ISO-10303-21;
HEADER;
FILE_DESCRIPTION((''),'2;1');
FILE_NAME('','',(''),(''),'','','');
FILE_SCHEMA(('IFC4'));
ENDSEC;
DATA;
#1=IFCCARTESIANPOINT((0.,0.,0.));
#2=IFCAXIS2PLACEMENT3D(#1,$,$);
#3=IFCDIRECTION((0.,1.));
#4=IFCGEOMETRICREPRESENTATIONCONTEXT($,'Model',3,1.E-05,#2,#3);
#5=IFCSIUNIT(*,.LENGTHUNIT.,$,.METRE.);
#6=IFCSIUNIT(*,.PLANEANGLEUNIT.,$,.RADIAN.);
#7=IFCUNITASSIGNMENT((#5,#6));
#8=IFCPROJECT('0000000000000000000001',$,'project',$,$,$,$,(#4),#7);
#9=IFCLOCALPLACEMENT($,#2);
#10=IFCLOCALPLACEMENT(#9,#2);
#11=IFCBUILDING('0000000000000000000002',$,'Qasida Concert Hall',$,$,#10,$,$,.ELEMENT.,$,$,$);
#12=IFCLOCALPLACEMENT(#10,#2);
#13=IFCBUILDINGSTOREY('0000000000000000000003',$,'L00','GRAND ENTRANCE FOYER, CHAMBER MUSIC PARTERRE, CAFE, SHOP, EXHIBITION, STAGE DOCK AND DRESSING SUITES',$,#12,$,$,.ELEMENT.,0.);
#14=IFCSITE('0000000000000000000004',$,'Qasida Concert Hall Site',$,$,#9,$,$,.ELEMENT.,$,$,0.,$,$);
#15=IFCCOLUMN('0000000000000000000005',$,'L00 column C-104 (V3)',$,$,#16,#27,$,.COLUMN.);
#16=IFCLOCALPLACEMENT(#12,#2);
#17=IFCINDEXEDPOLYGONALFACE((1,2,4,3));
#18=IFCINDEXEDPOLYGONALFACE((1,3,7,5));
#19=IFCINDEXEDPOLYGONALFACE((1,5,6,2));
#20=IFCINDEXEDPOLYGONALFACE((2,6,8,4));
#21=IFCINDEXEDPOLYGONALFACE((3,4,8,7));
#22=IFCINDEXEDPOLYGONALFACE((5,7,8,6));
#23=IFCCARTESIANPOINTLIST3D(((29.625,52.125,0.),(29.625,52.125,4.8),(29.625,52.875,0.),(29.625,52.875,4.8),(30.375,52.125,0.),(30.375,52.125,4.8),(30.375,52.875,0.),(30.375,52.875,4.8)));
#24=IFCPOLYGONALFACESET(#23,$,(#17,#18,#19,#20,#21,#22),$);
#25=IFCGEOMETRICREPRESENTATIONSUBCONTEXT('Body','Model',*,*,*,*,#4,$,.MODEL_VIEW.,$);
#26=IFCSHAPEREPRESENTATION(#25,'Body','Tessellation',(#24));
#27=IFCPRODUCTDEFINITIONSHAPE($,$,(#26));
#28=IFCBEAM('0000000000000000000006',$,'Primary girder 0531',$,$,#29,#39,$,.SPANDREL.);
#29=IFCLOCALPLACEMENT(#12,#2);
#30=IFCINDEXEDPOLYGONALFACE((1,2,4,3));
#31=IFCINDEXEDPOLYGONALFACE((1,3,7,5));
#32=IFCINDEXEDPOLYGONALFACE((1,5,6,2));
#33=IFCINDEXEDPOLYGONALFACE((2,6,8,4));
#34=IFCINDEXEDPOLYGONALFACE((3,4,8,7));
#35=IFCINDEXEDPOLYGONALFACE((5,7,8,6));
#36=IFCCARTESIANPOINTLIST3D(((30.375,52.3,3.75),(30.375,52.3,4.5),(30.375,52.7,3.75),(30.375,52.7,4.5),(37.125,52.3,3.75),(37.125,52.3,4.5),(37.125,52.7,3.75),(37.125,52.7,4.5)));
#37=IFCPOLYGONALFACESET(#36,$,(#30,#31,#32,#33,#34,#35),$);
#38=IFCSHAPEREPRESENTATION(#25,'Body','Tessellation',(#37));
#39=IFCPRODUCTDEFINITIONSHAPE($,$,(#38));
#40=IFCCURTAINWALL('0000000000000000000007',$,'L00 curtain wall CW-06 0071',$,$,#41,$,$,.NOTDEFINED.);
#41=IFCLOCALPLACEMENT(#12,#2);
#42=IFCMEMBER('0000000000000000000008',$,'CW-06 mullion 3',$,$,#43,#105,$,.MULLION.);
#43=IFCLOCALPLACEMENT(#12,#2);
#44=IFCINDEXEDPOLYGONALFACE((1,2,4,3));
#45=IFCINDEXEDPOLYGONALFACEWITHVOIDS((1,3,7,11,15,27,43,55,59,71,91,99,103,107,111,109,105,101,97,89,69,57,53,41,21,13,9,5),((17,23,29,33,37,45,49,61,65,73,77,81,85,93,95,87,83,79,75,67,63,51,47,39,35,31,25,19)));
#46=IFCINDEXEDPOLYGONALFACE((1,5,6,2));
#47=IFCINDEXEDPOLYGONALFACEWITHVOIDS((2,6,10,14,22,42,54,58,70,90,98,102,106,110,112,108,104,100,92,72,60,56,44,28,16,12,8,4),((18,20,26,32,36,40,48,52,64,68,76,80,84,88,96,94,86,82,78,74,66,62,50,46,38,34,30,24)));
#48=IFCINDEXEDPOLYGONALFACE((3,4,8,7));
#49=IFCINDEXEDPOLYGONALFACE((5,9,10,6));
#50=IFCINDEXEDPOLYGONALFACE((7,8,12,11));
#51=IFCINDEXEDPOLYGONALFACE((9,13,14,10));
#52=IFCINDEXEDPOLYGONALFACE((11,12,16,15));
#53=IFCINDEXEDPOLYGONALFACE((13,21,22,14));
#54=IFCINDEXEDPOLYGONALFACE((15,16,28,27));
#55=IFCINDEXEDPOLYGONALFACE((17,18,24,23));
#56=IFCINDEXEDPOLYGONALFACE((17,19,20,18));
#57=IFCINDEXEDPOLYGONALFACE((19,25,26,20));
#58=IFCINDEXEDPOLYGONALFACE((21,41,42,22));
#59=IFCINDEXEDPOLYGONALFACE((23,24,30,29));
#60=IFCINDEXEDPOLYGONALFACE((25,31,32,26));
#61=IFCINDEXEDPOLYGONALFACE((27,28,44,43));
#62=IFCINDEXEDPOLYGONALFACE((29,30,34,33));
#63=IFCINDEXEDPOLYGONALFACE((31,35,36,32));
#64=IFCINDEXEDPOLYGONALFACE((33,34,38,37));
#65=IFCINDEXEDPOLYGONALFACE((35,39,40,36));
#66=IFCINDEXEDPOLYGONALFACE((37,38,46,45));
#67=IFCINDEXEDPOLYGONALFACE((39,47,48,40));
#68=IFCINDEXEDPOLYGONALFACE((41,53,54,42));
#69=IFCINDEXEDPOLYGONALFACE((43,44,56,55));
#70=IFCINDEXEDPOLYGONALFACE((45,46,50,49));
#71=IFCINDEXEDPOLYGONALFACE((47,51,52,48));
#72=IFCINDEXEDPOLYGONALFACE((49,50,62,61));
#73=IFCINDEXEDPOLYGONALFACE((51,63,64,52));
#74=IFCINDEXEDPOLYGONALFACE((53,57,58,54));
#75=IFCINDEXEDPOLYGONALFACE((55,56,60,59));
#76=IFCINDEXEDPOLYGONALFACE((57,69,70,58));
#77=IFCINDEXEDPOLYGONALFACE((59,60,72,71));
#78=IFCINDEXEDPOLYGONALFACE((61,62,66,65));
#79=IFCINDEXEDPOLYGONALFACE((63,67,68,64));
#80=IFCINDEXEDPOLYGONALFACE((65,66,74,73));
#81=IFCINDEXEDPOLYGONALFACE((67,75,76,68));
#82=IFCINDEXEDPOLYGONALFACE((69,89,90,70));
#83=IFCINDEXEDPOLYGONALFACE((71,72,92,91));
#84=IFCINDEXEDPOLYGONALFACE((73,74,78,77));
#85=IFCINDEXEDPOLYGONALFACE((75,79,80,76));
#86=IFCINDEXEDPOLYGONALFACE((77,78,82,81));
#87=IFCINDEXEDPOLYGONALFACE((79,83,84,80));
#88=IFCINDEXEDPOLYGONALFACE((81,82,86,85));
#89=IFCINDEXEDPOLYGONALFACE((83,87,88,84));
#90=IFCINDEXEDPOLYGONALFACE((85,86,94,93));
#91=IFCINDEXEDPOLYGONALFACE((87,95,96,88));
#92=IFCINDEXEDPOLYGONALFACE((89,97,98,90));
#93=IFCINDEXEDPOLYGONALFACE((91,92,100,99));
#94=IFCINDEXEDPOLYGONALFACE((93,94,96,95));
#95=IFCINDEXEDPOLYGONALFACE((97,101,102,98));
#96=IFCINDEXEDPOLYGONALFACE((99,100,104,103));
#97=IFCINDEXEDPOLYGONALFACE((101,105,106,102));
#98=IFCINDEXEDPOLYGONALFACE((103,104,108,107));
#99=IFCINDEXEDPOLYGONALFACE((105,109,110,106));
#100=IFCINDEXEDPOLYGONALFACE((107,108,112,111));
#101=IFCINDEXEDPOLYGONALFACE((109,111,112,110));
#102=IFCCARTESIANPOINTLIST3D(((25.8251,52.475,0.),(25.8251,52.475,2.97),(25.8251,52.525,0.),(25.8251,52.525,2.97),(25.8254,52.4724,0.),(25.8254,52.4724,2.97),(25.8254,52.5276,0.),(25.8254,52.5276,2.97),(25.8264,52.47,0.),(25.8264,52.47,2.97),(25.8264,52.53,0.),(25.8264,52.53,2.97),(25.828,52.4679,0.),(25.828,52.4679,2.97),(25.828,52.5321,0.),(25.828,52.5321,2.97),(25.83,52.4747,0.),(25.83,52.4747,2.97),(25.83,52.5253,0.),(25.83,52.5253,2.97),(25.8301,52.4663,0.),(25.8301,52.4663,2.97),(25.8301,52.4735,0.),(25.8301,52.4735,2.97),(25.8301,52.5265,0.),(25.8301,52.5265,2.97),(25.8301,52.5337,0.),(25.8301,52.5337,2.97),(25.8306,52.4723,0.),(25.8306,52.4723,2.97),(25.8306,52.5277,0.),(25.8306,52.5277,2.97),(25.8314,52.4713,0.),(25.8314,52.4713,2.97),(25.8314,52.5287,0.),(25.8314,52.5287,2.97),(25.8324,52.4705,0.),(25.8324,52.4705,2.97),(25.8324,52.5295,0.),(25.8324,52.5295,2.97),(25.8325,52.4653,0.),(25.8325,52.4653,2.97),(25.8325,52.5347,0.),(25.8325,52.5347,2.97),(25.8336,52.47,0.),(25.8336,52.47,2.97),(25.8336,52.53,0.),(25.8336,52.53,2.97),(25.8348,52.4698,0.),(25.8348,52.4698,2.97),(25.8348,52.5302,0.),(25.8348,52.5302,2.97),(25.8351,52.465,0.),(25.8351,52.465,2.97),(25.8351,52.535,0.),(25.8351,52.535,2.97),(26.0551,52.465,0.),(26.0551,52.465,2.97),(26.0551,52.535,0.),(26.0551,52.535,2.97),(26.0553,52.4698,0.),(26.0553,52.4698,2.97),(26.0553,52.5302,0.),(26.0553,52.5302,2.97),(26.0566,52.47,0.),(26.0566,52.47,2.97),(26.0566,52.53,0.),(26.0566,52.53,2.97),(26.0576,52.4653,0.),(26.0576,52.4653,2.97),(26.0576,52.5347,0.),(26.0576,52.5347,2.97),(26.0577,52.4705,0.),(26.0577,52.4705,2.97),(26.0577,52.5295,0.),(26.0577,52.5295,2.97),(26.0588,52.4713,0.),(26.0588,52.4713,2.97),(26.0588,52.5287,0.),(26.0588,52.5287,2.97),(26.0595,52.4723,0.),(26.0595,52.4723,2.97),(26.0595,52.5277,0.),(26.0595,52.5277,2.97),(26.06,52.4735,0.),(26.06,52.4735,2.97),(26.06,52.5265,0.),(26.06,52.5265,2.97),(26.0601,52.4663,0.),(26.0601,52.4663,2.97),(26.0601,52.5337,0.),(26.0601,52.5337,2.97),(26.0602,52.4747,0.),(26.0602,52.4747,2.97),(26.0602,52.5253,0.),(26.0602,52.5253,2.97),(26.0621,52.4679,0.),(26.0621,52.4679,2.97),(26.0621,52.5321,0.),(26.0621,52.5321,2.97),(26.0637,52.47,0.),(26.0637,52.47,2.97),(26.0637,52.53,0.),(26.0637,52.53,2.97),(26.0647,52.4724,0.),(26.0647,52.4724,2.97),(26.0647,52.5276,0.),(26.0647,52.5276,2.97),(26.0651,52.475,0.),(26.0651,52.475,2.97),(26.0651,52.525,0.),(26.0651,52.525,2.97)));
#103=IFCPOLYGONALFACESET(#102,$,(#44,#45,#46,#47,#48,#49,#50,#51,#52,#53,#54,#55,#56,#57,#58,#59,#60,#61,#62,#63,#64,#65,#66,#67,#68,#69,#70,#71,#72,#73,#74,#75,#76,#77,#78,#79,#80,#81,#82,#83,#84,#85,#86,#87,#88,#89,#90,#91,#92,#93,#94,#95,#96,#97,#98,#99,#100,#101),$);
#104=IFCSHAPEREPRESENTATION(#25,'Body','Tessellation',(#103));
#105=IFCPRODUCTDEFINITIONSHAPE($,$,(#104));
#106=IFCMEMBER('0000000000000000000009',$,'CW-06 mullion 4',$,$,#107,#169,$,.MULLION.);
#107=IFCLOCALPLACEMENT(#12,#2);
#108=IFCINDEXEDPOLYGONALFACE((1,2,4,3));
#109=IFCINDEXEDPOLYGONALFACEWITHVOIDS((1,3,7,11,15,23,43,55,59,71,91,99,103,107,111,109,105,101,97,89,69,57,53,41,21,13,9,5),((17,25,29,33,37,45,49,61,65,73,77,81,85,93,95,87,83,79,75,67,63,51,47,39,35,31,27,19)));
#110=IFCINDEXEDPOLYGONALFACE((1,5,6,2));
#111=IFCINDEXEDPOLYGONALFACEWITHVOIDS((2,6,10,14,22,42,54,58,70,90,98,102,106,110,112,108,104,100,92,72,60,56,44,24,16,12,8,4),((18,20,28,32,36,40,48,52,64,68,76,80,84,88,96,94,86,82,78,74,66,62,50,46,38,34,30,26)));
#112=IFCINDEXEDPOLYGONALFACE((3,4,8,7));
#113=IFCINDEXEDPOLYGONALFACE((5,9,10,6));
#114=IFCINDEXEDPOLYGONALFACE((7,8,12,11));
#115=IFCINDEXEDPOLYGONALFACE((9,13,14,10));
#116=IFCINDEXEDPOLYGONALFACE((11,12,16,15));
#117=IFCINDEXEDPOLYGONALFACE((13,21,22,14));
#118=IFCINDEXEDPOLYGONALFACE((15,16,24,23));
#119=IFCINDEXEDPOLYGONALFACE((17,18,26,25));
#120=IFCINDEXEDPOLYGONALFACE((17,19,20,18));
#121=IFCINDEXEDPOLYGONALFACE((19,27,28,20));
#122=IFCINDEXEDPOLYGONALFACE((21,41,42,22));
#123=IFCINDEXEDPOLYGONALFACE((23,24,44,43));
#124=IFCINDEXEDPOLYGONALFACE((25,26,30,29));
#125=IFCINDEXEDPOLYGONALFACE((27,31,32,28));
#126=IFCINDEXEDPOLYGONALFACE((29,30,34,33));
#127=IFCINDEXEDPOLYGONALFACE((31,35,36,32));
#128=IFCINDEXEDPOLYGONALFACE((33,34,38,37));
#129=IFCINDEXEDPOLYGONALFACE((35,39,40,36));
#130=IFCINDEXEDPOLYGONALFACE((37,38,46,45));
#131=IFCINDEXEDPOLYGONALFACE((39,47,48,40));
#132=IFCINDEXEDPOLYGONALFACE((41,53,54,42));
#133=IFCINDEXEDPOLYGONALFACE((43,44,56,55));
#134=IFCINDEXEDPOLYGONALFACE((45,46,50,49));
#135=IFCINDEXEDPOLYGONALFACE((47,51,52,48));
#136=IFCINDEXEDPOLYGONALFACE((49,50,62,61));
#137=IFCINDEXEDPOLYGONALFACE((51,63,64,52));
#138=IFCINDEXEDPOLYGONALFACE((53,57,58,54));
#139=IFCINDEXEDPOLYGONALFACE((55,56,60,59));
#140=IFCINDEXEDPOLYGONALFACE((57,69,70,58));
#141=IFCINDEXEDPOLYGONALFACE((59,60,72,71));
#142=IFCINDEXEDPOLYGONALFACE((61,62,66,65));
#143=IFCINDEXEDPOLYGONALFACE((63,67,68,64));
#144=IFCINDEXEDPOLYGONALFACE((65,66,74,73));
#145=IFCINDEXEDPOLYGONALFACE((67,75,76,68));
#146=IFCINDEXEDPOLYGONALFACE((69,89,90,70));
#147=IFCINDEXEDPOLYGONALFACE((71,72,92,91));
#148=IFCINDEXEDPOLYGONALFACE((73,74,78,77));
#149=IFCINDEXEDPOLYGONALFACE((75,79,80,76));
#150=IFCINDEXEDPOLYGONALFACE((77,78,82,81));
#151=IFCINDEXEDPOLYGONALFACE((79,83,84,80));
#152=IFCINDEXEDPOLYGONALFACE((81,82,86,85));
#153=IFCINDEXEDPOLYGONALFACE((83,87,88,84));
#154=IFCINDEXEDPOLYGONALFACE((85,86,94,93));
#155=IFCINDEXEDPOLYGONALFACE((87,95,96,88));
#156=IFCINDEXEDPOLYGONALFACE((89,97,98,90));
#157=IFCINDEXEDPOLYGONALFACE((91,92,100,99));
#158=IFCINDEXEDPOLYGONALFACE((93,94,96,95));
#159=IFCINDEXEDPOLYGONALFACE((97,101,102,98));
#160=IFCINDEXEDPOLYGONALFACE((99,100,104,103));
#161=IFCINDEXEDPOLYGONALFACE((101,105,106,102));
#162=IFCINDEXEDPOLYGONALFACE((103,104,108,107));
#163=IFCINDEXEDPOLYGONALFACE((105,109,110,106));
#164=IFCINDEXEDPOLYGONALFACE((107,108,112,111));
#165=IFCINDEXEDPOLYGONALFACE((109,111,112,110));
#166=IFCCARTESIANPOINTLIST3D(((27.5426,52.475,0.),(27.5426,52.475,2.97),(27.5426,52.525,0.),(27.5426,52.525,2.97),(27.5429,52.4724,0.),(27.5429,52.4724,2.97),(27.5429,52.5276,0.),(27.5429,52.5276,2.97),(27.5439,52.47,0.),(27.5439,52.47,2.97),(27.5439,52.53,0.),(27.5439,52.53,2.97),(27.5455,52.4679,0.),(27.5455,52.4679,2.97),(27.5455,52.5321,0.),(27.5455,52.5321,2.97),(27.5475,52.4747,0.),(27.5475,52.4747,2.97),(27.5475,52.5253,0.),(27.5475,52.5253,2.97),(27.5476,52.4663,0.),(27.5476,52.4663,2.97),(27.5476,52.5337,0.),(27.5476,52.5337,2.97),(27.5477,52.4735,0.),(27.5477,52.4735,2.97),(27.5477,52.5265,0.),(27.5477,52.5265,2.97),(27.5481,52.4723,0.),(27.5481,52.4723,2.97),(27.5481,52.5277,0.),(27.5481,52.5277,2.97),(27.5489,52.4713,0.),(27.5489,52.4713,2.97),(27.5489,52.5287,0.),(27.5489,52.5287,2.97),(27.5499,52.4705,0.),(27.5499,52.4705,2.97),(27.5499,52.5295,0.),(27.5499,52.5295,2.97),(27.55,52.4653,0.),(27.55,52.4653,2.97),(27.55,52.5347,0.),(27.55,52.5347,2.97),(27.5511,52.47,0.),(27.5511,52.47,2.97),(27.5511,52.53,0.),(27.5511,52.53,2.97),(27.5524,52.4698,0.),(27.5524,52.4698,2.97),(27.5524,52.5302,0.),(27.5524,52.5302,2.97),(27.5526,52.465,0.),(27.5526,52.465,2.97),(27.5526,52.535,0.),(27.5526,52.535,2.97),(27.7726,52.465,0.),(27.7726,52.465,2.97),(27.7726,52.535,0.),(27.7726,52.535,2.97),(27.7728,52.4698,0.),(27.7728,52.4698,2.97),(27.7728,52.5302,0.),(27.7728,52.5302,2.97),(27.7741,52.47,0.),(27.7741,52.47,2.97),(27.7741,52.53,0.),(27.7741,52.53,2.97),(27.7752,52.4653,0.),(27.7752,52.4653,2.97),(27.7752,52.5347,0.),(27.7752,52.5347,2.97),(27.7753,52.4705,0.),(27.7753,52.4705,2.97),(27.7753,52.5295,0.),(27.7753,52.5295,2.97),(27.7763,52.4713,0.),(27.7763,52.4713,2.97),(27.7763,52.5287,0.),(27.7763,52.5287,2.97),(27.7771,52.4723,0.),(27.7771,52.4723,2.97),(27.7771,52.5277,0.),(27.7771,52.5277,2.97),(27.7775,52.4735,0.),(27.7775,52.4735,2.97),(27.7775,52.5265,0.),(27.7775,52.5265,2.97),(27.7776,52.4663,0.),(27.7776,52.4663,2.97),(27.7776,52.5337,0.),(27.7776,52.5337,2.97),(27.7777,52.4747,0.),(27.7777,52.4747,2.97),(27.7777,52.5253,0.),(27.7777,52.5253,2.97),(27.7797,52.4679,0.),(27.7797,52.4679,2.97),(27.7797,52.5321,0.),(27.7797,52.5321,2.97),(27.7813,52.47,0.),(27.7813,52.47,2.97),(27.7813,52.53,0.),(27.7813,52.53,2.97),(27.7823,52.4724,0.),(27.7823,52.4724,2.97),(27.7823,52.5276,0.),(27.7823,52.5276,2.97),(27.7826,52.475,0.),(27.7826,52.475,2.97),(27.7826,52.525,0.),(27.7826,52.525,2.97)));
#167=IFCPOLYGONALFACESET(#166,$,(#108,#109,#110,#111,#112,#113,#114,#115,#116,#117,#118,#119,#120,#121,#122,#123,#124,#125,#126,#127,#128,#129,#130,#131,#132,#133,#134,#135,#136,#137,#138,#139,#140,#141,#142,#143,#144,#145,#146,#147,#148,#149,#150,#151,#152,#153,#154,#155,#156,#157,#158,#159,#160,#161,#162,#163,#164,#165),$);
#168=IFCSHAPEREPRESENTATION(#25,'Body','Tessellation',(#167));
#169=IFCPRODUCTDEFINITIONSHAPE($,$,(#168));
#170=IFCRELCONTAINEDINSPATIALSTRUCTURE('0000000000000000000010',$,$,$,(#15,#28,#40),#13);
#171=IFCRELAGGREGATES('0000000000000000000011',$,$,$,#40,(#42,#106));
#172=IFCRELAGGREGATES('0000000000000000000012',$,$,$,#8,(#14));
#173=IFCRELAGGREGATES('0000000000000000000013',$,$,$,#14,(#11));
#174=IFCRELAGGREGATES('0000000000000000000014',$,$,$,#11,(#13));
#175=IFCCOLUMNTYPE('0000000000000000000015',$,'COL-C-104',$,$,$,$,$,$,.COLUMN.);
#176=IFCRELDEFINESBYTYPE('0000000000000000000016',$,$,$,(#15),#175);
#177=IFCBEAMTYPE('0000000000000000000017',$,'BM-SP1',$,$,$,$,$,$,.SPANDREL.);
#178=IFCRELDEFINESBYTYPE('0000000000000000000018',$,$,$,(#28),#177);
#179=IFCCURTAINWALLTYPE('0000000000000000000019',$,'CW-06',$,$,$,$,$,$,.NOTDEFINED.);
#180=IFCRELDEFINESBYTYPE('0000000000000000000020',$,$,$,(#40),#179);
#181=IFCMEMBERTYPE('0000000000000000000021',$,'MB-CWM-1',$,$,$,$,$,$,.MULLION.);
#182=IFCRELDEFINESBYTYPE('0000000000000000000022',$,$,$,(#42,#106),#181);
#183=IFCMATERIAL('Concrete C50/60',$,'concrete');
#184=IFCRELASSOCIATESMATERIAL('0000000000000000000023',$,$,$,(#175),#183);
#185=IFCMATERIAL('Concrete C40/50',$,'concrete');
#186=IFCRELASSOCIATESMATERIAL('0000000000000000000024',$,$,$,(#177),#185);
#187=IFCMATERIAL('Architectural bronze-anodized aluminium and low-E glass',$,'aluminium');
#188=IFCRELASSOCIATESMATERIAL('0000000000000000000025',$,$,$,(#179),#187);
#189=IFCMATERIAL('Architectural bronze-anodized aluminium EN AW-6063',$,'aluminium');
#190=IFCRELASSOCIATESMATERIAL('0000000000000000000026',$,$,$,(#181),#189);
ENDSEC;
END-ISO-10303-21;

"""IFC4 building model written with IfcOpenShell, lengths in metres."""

from ifc_helpers import new_model, si_unit, direction, frame, origin, origin_2d, place, context, subcontext, project, spatial, rectangle, hollow_rectangle, extrude, material, material_profile, profile_set, type_object, element, aggregate, save


model = new_model("IFC4")

# Units and contexts
model_context = context("Model", 3, precision=1e-05, world=origin(), true_north=direction((0.0, 1.0)))
body_context = subcontext(model_context, "Body", "Model", "MODEL_VIEW")
ifc_project = project(units=[si_unit("LENGTHUNIT", "METRE"), si_unit("PLANEANGLEUNIT", "RADIAN")], contexts=[model_context])

# Site, building, storey
site_placement = place(None, origin())
site = spatial("IfcSite", under=ifc_project, at=site_placement, Name="Qasida Concert Hall Site", CompositionType="ELEMENT", RefElevation=0.0)
building_placement = place(site_placement, origin())
building = spatial("IfcBuilding", under=site, at=building_placement, Name="Qasida Concert Hall", CompositionType="ELEMENT")
storey_placement = place(building_placement, origin())
storey = spatial("IfcBuildingStorey", under=building, at=storey_placement, Name="L00", Description="GRAND ENTRANCE FOYER, CHAMBER MUSIC PARTERRE, CAFE, SHOP, EXHIBITION, STAGE DOCK AND DRESSING SUITES", CompositionType="ELEMENT", Elevation=0.0)

# Column
ifc_material_1 = material(Name="Concrete C50/60", Category="concrete")
ifc_material_profile_1 = material_profile(ifc_material_1, rectangle(XDim=0.75, YDim=0.75, at=origin_2d()), Name="RC 750x750")
ifc_profile_set_1 = profile_set([ifc_material_profile_1], Name="Concrete C50/60")
column_type = type_object("IfcColumnType", Name="COL-C-104", PredefinedType="COLUMN", material=ifc_profile_set_1)
column_placement = place(storey_placement, frame((30.0, 52.5, 0.0), z_axis=(0.0, 0.0, 1.0), x_axis=(1.0, 0.0, 0.0)))
element("IfcColumn", 1, at=column_placement, inside=storey, type_object=column_type, Name="L00 column C-104 (V3)", PredefinedType="COLUMN", context=body_context, shape_type="SweptSolid", body=[
    extrude(rectangle(XDim=0.75, YDim=0.75, at=origin_2d()), origin(), (0.0, 0.0, 1.0), 4.8),
])

# Beam
ifc_material_2 = material(Name="Concrete C40/50", Category="concrete")
ifc_material_profile_2 = material_profile(ifc_material_2, rectangle(XDim=0.3999, YDim=0.75, at=origin_2d()), Name="RC 400x750")
ifc_profile_set_2 = profile_set([ifc_material_profile_2], Name="Concrete C40/50")
beam_type = type_object("IfcBeamType", Name="BM-SP1", PredefinedType="SPANDREL", material=ifc_profile_set_2)
beam_placement = place(storey_placement, frame((30.375, 52.5, 4.125), z_axis=(1.0, 0.0, 0.0), x_axis=(0.0, 1.0, 0.0)))
element("IfcBeam", 2, at=beam_placement, inside=storey, type_object=beam_type, Name="Primary girder 0531", PredefinedType="SPANDREL", context=body_context, shape_type="SweptSolid", body=[
    extrude(rectangle(XDim=0.3999, YDim=0.75, at=origin_2d()), origin(), (0.0, 0.0, 1.0), 6.75),
])

# Curtain wall, members
ifc_material_3 = material(Name="Architectural bronze-anodized aluminium and low-E glass", Category="aluminium")
curtain_wall_type = type_object("IfcCurtainWallType", Name="CW-06", PredefinedType="NOTDEFINED", material=ifc_material_3)
curtain_wall_1_placement = place(storey_placement, origin())
curtain_wall_1 = element("IfcCurtainWall", 3, at=curtain_wall_1_placement, inside=storey, type_object=curtain_wall_type, Name="L00 curtain wall CW-06 0071", PredefinedType="NOTDEFINED")
ifc_material_4 = material(Name="Architectural bronze-anodized aluminium EN AW-6063", Category="aluminium")
ifc_material_profile_3 = material_profile(ifc_material_4, hollow_rectangle(XDim=0.0701, YDim=0.24, WallThickness=0.0049, InnerFilletRadius=0.0049, OuterFilletRadius=0.01, at=origin_2d()), Name="CWM 240x70x5")
ifc_profile_set_3 = profile_set([ifc_material_profile_3], Name="Architectural bronze-anodized aluminium EN AW-6063")
member_type_1 = type_object("IfcMemberType", Name="MB-CWM-1", PredefinedType="MULLION", material=ifc_profile_set_3)
member_1_placement = place(storey_placement, frame((25.9451, 52.5, 0.0), z_axis=(0.0, 0.0, 1.0), x_axis=(0.0, 1.0, 0.0)))
member_1 = element("IfcMember", 4, at=member_1_placement, type_object=member_type_1, Name="CW-06 mullion 3", PredefinedType="MULLION", context=body_context, shape_type="SweptSolid", body=[
    extrude(hollow_rectangle(XDim=0.0701, YDim=0.24, WallThickness=0.0049, InnerFilletRadius=0.0049, OuterFilletRadius=0.01, at=origin_2d()), origin(), (0.0, 0.0, 1.0), 2.97),
])
member_2_placement = place(storey_placement, frame((27.6626, 52.5, 0.0), z_axis=(0.0, 0.0, 1.0), x_axis=(0.0, 1.0, 0.0)))
member_2 = element("IfcMember", 5, at=member_2_placement, type_object=member_type_1, Name="CW-06 mullion 4", PredefinedType="MULLION", context=body_context, shape_type="SweptSolid", body=[
    extrude(hollow_rectangle(XDim=0.0701, YDim=0.24, WallThickness=0.0049, InnerFilletRadius=0.0049, OuterFilletRadius=0.01, at=origin_2d()), origin(), (0.0, 0.0, 1.0), 2.97),
])

aggregate(curtain_wall_1, [member_1, member_2])

save(model, "model.ifc")
